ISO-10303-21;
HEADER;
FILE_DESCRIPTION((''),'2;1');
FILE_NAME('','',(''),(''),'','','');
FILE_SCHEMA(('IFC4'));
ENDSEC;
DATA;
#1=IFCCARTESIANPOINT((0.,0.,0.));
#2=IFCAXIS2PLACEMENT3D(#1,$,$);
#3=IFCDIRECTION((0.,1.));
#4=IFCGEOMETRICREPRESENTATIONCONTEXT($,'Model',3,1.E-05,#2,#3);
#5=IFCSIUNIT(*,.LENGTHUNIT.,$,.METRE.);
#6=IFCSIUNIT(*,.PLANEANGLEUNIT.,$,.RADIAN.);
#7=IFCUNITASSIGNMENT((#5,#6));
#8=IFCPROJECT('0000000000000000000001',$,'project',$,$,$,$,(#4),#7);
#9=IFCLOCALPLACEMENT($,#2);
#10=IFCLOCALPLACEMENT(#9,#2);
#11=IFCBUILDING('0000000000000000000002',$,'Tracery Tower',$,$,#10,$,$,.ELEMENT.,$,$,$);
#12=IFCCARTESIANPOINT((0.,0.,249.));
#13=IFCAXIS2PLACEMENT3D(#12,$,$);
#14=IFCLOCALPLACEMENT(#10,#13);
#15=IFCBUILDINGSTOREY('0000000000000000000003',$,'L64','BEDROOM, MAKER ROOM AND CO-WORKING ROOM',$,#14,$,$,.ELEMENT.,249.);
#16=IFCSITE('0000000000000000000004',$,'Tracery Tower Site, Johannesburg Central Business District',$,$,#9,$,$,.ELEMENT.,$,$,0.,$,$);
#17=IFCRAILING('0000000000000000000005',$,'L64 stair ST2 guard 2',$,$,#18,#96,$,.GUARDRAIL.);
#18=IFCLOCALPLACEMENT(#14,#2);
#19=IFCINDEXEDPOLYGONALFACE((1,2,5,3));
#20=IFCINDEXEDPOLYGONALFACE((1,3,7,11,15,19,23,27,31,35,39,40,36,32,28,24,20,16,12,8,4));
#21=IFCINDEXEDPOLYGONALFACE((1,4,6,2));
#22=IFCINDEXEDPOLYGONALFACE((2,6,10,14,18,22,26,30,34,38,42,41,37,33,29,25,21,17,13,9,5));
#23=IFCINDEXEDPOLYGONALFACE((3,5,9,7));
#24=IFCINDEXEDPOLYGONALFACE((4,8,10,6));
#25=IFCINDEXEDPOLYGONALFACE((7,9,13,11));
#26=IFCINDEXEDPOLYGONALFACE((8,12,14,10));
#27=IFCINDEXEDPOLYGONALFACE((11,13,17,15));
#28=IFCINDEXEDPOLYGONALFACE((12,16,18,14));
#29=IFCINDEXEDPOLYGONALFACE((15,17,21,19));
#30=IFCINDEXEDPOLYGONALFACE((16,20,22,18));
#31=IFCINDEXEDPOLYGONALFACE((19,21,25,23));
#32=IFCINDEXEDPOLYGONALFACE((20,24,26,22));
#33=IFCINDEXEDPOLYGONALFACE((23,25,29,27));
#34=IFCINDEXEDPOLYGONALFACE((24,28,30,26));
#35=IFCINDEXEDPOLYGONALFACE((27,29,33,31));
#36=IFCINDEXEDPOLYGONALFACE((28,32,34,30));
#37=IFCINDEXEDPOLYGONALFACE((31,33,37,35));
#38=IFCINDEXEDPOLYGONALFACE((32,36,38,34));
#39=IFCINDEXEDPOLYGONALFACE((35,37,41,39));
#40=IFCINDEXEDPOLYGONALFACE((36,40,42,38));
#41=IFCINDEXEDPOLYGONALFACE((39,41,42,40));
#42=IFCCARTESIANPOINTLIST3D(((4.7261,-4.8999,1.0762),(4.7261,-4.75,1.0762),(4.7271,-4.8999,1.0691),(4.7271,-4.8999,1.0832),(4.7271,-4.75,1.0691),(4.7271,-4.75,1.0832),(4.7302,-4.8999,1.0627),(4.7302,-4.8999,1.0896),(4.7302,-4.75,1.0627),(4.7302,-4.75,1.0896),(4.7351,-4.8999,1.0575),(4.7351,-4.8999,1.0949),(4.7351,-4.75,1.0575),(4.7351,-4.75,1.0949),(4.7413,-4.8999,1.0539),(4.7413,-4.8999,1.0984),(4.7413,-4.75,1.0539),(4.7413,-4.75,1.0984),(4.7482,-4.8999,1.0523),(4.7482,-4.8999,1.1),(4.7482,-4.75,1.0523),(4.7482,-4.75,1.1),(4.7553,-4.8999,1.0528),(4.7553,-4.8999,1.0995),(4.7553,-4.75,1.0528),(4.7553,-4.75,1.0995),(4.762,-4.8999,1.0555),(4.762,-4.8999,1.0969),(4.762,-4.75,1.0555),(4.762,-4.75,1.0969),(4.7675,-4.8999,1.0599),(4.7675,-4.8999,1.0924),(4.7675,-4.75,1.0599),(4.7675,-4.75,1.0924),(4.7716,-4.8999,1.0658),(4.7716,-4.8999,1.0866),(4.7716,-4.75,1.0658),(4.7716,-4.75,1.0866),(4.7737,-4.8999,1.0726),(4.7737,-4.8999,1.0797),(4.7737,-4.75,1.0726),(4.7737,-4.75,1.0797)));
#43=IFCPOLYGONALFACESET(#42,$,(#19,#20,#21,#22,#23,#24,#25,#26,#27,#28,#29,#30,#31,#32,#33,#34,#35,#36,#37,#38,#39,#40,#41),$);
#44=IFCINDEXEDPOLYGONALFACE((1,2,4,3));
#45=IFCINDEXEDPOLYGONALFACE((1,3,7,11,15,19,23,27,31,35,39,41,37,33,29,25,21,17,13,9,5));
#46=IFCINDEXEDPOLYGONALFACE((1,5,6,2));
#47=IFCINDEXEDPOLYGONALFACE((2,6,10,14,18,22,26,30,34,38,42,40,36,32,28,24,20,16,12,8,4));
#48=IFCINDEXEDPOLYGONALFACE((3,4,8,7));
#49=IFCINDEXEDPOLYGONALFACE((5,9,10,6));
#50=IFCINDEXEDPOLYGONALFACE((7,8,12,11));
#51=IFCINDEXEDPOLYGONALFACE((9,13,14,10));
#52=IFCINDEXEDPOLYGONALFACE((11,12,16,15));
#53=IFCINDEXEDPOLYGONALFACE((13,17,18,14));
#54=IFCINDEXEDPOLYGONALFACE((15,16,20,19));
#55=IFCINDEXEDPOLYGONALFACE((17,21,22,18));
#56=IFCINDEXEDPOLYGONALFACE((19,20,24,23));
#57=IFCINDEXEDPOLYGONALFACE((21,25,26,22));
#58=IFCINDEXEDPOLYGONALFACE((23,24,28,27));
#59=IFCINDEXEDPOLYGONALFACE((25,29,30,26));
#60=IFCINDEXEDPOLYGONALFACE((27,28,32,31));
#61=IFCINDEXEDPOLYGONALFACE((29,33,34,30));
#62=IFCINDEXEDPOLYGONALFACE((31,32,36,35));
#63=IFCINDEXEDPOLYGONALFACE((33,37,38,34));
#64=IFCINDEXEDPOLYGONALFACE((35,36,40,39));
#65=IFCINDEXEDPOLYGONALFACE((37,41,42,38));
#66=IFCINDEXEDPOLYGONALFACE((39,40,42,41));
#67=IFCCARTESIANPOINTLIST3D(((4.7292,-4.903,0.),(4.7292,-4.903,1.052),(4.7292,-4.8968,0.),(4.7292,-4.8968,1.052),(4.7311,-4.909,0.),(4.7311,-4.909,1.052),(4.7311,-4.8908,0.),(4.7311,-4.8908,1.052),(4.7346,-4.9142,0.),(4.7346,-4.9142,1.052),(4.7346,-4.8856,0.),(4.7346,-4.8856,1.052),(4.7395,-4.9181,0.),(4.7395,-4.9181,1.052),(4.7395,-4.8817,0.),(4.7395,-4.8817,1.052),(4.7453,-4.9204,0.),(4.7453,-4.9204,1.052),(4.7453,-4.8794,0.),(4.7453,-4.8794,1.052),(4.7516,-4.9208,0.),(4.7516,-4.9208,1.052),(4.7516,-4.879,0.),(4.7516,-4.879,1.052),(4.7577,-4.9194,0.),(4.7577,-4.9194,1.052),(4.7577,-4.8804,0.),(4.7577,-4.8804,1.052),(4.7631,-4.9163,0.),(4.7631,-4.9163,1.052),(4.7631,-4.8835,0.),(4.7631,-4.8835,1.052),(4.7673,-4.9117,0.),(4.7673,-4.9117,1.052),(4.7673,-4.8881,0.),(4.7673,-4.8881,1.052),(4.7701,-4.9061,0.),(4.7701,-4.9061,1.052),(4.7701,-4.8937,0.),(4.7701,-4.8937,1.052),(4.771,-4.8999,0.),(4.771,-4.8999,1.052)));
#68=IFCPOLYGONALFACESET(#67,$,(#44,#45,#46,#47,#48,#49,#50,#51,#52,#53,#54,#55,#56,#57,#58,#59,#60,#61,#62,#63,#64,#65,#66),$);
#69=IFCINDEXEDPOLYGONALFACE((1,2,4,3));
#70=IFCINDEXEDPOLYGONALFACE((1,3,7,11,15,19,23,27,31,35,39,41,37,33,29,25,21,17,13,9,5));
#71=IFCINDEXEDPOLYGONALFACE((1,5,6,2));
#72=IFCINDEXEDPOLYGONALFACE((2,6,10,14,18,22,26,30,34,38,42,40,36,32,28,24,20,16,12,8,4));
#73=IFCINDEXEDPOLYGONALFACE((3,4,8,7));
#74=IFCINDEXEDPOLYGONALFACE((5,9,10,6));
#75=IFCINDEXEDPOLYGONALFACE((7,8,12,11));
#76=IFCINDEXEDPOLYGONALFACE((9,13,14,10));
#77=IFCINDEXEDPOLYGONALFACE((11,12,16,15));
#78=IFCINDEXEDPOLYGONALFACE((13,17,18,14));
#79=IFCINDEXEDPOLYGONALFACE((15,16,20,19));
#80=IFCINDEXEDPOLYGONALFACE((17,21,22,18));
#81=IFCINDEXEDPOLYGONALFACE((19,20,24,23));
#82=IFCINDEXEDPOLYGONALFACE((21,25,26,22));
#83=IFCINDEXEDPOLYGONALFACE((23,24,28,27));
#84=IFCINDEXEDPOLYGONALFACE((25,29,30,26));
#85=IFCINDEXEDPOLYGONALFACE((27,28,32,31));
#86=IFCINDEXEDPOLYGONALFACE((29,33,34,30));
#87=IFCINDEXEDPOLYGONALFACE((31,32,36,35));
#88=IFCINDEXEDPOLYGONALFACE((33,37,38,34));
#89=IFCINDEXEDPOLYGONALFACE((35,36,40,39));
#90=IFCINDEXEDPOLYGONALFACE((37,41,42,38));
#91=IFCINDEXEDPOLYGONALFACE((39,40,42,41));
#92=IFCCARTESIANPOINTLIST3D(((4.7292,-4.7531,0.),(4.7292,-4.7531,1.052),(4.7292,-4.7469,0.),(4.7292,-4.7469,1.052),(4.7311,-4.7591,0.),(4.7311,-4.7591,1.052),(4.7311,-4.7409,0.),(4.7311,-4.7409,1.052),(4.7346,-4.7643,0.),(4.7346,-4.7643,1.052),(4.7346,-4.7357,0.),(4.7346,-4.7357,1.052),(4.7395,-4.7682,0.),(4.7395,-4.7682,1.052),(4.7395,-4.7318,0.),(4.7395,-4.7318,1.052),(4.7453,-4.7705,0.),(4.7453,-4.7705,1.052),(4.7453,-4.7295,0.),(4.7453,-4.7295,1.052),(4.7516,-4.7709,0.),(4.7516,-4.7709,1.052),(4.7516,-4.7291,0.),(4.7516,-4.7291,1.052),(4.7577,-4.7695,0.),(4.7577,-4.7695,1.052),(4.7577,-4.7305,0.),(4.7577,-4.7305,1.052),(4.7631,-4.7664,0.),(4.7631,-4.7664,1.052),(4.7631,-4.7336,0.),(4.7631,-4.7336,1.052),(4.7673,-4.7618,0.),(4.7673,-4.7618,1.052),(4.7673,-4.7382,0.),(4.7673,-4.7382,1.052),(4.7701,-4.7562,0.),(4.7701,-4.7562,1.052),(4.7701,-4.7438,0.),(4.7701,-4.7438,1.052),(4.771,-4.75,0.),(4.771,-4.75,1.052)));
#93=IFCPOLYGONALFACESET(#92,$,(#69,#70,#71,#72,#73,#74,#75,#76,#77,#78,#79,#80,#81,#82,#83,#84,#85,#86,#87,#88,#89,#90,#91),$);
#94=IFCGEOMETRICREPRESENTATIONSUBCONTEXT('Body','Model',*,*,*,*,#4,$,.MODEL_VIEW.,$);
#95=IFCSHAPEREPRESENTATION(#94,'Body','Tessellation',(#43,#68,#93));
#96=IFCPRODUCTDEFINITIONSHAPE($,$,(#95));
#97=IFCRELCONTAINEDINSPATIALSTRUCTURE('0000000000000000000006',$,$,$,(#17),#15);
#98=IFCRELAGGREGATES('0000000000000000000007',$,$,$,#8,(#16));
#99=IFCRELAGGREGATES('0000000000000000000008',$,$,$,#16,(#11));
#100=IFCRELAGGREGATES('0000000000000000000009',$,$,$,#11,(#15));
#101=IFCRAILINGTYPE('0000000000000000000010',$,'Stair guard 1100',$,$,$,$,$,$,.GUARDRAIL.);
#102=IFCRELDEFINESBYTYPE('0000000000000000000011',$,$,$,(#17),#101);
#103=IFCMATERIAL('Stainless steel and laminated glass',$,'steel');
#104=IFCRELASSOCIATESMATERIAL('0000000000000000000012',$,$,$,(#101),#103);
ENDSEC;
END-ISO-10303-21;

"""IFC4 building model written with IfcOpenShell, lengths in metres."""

from ifc_helpers import new_model, si_unit, direction, frame, origin, origin_2d, place, context, subcontext, project, spatial, circle, extrude, material, type_object, element, save


model = new_model("IFC4")

# Units and contexts
model_context = context("Model", 3, precision=1e-05, world=origin(), true_north=direction((0.0, 1.0)))
body_context = subcontext(model_context, "Body", "Model", "MODEL_VIEW")
ifc_project = project(units=[si_unit("LENGTHUNIT", "METRE"), si_unit("PLANEANGLEUNIT", "RADIAN")], contexts=[model_context])

# Site, building, storey
site_placement = place(None, origin())
site = spatial("IfcSite", under=ifc_project, at=site_placement, Name="Tracery Tower Site, Johannesburg Central Business District", CompositionType="ELEMENT", RefElevation=0.0)
building_placement = place(site_placement, origin())
building = spatial("IfcBuilding", under=site, at=building_placement, Name="Tracery Tower", CompositionType="ELEMENT")
storey_placement = place(building_placement, frame((0.0, 0.0, 249.0)))
storey = spatial("IfcBuildingStorey", under=building, at=storey_placement, Name="L64", Description="BEDROOM, MAKER ROOM AND CO-WORKING ROOM", CompositionType="ELEMENT", Elevation=249.0)

# Railing
ifc_material_1 = material(Name="Stainless steel and laminated glass", Category="steel")
railing_type_1 = type_object("IfcRailingType", Name="Stair guard 1100", PredefinedType="GUARDRAIL", material=ifc_material_1)
railing_1_placement = place(storey_placement, frame((4.75, -4.8999, 0.0)))
element("IfcRailing", 1, at=railing_1_placement, inside=storey, type_object=railing_type_1, Name="L64 stair ST2 guard 2", PredefinedType="GUARDRAIL", context=body_context, shape_type="SweptSolid", body=[
    extrude(circle(Radius=0.0239, at=origin_2d()), frame((0.0, 0.0, 1.0762), z_axis=(0.0, 1.0, 0.0), x_axis=(-1.0, 0.0, 0.0)), (0.0, 0.0, 1.0), 0.1499),
    extrude(circle(Radius=0.021, at=origin_2d()), origin(), (0.0, 0.0, 1.0), 1.052),
    extrude(circle(Radius=0.021, at=origin_2d()), frame((0.0, 0.1499, 0.0)), (0.0, 0.0, 1.0), 1.052),
])

save(model, "model.ifc")
